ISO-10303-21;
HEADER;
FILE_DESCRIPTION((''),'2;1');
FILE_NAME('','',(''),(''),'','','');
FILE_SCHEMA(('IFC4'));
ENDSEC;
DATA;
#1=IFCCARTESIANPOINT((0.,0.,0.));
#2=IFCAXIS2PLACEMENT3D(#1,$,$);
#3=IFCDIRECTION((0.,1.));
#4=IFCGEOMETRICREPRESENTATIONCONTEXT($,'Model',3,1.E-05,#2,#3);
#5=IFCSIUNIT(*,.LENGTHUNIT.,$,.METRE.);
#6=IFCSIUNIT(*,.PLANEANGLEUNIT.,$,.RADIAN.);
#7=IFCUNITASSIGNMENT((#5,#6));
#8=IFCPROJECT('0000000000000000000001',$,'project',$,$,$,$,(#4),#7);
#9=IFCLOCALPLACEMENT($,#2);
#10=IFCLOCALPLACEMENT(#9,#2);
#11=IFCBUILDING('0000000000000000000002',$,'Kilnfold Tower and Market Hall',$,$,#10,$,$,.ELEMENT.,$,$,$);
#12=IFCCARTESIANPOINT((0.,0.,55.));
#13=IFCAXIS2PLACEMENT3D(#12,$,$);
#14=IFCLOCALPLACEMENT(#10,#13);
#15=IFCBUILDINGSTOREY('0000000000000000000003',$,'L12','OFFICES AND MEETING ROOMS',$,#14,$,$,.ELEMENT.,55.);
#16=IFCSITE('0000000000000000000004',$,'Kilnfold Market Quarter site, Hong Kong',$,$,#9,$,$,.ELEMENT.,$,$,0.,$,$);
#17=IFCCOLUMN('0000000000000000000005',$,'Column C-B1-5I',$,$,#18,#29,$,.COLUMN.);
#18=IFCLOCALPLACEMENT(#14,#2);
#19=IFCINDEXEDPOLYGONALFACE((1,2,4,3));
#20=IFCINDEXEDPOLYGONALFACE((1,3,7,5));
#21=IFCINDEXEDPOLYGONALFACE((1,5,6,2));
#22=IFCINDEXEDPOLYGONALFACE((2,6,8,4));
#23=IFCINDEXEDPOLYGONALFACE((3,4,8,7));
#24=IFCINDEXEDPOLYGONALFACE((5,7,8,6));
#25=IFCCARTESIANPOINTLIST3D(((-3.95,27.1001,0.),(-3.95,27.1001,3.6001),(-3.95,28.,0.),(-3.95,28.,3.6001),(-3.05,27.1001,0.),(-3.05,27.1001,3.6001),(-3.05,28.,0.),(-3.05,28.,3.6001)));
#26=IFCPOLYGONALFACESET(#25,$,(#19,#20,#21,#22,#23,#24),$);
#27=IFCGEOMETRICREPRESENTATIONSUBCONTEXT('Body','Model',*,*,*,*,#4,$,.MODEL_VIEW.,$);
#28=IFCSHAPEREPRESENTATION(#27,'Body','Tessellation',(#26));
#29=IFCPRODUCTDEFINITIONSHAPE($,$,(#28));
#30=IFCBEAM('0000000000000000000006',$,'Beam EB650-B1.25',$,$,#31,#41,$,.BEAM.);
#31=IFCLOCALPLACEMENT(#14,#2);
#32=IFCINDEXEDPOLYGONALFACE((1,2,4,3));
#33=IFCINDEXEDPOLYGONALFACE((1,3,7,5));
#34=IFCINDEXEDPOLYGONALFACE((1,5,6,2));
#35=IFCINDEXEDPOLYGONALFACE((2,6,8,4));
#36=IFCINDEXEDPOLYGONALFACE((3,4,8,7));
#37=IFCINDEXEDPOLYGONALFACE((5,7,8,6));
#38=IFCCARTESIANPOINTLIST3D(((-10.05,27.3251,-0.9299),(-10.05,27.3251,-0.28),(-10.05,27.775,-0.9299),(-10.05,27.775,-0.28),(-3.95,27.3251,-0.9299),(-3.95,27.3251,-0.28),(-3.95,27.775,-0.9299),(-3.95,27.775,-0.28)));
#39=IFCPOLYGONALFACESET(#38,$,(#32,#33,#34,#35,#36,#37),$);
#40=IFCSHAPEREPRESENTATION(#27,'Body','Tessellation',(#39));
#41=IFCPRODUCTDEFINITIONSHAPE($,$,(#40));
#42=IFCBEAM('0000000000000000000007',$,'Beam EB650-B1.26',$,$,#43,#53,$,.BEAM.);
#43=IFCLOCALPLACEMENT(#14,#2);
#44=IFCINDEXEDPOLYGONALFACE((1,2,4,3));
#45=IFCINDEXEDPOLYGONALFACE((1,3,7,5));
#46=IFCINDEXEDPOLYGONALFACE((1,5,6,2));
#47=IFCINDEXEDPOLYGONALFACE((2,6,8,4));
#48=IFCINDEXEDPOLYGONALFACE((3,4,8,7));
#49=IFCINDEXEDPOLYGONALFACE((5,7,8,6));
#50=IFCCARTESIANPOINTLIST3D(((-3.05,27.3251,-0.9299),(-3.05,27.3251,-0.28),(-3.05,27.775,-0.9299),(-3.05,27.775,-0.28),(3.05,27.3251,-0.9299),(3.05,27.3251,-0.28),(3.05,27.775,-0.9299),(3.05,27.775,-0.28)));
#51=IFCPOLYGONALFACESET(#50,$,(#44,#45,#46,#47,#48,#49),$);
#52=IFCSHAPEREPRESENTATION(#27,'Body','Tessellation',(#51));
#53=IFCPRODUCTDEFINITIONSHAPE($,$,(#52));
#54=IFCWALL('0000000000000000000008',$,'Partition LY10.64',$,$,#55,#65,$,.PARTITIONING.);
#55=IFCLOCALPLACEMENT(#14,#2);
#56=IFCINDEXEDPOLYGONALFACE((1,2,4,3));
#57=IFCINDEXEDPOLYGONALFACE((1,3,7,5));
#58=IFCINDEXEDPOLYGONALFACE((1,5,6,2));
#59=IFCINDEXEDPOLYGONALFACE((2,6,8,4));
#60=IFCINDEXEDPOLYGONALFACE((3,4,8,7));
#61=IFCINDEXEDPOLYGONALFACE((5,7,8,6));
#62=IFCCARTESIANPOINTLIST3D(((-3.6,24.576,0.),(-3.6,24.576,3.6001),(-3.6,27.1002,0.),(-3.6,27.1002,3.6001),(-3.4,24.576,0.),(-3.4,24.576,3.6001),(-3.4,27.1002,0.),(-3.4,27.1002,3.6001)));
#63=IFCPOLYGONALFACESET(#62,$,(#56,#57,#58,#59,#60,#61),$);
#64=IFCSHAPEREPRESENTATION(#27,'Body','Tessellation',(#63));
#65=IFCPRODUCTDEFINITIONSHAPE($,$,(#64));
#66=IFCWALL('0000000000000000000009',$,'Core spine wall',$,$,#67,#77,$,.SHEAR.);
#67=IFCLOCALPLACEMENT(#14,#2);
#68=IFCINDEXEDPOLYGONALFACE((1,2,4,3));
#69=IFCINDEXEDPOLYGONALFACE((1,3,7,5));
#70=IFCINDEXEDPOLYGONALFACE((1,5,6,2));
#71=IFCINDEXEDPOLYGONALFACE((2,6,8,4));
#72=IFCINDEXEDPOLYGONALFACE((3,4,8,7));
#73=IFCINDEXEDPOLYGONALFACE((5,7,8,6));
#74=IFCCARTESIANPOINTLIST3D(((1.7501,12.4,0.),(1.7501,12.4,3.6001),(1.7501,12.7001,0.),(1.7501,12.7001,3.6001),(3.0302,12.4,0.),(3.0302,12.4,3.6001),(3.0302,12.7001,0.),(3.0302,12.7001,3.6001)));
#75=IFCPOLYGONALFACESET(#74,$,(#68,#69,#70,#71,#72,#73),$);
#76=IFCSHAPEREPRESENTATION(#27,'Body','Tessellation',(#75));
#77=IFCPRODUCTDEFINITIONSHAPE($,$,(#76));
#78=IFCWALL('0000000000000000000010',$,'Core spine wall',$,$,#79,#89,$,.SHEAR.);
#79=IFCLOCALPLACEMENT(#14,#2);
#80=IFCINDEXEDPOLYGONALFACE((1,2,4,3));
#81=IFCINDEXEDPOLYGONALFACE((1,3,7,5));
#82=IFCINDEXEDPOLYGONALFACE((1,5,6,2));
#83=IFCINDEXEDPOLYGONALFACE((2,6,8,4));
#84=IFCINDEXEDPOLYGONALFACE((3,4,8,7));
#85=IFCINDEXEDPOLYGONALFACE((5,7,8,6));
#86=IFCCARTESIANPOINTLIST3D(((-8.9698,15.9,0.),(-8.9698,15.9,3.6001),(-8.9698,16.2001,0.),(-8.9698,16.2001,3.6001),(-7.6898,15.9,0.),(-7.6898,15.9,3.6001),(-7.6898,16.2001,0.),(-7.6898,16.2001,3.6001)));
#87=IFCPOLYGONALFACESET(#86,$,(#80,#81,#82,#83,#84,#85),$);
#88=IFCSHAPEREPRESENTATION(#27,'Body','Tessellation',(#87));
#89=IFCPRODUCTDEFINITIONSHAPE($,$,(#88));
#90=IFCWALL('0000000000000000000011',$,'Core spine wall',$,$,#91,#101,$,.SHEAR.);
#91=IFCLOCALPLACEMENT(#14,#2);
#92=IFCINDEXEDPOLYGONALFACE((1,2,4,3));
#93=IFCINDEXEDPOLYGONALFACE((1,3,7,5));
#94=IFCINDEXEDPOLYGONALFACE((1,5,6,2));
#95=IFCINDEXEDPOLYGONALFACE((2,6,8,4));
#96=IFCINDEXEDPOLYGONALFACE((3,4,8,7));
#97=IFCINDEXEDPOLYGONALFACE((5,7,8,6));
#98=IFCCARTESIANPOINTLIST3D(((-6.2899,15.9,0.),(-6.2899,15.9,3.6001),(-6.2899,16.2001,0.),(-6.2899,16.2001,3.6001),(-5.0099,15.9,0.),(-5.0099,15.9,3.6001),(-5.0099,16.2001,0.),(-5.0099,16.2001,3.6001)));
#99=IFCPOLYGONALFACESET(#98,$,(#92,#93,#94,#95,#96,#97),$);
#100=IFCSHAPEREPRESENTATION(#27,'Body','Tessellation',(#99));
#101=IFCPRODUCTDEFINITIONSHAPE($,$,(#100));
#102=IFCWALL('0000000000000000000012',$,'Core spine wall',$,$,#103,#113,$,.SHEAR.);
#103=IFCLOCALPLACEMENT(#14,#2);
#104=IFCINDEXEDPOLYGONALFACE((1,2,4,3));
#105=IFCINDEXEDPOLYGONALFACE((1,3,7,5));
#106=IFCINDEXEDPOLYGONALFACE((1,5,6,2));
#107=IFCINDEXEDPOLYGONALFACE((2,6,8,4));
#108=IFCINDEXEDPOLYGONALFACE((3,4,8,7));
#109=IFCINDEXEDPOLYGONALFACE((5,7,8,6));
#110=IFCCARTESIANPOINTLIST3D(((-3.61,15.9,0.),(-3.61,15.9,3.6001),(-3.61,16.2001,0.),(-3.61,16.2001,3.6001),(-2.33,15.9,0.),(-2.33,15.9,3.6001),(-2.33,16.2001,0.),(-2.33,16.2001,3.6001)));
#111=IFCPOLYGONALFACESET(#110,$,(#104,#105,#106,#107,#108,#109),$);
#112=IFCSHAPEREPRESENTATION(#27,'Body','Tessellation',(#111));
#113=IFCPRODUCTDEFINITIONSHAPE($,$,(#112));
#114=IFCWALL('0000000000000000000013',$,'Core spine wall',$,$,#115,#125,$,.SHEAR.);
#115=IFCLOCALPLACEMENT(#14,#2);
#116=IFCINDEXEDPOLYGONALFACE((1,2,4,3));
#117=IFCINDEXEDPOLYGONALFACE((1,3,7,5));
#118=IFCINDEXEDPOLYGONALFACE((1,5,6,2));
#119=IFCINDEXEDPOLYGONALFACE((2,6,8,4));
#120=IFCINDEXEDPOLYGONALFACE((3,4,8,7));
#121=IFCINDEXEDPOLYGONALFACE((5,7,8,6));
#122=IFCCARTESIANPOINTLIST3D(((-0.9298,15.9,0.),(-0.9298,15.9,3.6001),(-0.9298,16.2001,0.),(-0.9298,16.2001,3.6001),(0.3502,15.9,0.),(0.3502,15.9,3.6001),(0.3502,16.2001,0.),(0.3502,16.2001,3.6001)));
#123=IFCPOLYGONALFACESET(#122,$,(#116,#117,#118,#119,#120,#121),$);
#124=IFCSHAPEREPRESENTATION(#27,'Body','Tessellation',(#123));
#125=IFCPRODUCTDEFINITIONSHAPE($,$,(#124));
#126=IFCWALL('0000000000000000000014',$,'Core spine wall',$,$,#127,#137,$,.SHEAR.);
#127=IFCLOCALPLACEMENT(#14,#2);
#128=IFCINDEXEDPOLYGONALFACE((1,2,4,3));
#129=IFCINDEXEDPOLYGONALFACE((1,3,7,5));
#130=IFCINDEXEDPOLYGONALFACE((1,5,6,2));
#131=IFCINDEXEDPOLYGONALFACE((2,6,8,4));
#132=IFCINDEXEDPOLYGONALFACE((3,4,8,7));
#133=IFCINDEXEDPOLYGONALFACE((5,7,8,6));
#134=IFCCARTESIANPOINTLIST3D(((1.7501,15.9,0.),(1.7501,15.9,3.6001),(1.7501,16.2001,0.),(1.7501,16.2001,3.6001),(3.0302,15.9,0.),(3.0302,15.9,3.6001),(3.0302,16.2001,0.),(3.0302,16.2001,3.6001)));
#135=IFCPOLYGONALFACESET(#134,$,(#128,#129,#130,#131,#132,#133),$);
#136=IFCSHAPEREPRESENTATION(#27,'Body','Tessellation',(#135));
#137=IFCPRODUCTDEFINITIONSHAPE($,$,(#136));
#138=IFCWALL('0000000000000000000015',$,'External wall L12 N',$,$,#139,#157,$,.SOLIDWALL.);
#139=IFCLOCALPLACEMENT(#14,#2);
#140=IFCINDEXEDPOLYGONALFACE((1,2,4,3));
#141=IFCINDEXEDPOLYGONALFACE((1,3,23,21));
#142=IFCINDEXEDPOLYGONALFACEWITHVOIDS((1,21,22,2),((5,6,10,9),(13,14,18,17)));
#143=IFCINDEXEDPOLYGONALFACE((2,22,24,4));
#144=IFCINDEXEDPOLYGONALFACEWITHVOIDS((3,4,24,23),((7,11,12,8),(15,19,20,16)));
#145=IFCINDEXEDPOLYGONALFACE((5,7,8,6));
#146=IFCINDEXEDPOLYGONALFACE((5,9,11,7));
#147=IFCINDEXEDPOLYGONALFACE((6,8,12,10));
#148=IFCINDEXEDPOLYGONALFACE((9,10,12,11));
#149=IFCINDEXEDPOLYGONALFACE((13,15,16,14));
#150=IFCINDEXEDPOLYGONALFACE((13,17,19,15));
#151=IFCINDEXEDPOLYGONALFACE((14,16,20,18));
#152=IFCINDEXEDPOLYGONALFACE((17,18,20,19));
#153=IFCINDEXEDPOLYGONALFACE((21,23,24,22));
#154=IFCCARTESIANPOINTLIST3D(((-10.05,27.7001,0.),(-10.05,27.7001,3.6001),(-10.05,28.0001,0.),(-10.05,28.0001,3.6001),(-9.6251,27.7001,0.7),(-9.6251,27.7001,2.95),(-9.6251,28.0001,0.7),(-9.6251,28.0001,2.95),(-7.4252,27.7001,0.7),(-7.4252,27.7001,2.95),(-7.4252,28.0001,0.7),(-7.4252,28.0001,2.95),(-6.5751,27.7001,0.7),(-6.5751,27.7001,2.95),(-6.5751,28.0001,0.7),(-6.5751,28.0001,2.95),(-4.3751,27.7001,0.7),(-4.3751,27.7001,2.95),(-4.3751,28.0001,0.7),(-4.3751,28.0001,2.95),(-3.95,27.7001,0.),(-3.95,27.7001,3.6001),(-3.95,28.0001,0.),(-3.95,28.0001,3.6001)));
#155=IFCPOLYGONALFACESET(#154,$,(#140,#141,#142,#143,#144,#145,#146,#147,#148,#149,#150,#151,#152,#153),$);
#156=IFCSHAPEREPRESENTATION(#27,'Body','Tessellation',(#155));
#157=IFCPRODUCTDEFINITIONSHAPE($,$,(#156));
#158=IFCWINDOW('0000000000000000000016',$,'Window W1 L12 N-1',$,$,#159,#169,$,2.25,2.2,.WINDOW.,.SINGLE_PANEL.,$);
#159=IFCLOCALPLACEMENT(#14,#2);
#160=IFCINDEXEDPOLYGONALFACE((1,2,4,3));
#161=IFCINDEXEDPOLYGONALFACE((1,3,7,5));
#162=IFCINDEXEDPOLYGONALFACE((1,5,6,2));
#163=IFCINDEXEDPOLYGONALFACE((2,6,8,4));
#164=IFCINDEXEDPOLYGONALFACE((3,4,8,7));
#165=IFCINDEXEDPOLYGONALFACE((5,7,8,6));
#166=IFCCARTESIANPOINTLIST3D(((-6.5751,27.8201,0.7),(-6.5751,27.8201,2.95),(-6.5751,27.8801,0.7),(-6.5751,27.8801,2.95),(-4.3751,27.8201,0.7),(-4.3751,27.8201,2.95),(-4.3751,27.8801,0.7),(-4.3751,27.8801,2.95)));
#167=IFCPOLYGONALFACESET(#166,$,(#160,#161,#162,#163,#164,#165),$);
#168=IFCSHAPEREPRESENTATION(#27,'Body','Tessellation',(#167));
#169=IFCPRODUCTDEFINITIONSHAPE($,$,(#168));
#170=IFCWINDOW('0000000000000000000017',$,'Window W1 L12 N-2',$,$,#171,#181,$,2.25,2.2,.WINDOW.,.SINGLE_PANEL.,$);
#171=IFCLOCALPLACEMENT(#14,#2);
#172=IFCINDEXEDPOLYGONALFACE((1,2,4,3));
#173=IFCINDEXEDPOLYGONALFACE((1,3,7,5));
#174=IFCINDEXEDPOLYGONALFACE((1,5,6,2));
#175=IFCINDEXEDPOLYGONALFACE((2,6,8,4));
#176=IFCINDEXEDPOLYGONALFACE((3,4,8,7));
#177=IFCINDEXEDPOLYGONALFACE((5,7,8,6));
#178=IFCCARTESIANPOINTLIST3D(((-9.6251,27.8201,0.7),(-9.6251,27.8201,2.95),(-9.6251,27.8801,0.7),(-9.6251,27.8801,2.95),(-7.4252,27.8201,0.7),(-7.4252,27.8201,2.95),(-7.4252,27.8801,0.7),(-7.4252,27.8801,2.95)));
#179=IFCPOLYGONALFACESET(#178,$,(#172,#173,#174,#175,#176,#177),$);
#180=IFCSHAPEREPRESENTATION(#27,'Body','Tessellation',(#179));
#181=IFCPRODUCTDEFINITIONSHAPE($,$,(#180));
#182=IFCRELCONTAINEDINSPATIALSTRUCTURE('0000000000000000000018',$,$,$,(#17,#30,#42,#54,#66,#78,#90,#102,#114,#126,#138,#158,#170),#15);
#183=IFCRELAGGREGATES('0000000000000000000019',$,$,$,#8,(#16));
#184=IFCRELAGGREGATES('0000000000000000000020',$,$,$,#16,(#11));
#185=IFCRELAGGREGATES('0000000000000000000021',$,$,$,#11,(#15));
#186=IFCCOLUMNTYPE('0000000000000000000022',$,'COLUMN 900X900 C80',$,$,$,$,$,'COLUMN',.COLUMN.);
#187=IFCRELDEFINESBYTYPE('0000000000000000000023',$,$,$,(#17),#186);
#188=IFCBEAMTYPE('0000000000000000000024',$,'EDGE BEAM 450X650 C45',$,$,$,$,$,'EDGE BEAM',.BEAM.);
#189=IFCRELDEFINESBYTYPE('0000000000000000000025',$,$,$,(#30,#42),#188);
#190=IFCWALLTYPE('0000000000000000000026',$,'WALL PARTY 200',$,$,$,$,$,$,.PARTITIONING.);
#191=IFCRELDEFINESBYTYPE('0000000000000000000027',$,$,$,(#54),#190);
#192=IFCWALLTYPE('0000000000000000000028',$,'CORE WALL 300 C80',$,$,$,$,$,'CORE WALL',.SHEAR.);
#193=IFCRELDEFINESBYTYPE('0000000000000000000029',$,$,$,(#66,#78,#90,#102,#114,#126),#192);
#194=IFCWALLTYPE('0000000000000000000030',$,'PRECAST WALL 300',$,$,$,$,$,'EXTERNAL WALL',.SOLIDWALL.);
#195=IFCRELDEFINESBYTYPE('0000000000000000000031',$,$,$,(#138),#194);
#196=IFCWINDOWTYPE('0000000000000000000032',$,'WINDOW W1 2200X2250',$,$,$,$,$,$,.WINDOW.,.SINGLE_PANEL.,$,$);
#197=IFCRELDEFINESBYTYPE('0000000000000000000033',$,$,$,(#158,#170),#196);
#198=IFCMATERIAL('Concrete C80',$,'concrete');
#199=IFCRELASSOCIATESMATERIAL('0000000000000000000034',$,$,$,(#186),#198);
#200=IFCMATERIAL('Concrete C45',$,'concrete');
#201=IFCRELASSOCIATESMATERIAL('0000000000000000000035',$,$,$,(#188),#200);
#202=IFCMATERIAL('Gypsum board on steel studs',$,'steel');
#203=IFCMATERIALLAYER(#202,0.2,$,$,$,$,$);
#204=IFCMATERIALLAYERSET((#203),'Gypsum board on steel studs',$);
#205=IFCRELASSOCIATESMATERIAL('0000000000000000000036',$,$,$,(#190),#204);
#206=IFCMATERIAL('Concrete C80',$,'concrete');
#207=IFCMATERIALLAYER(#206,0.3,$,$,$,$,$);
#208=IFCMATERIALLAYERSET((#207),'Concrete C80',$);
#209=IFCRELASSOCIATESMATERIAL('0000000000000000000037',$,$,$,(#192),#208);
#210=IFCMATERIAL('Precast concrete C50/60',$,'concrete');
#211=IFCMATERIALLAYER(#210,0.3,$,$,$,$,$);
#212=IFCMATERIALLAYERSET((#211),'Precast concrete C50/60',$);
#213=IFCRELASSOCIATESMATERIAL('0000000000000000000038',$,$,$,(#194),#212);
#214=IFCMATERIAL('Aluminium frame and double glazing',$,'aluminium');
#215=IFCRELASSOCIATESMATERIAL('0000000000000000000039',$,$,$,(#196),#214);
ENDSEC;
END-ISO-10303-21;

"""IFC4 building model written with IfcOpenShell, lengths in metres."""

from ifc_helpers import new_model, si_unit, direction, frame, frame_2d, origin, origin_2d, place, context, subcontext, project, spatial, rectangle, extrude, source, transform, mapped, material, layer, layer_set, material_profile, profile_set, type_object, element, fill, save


model = new_model("IFC4")

# Units and contexts
model_context = context("Model", 3, precision=1e-05, world=origin(), true_north=direction((0.0, 1.0)))
body_context = subcontext(model_context, "Body", "Model", "MODEL_VIEW")
ifc_project = project(units=[si_unit("LENGTHUNIT", "METRE"), si_unit("PLANEANGLEUNIT", "RADIAN")], contexts=[model_context])

# Site, building, storey
site_placement = place(None, origin())
site = spatial("IfcSite", under=ifc_project, at=site_placement, Name="Kilnfold Market Quarter site, Hong Kong", CompositionType="ELEMENT", RefElevation=0.0)
building_placement = place(site_placement, origin())
building = spatial("IfcBuilding", under=site, at=building_placement, Name="Kilnfold Tower and Market Hall", CompositionType="ELEMENT")
storey_placement = place(building_placement, frame((0.0, 0.0, 55.0)))
storey = spatial("IfcBuildingStorey", under=building, at=storey_placement, Name="L12", Description="OFFICES AND MEETING ROOMS", CompositionType="ELEMENT", Elevation=55.0)

# Column
ifc_material_1 = material(Name="Concrete C80", Category="concrete")
ifc_material_profile_1 = material_profile(ifc_material_1, rectangle(XDim=0.8999, YDim=0.8999, at=origin_2d()), Name="RC 900x900")
ifc_profile_set_1 = profile_set([ifc_material_profile_1], Name="Concrete C80")
column_type = type_object("IfcColumnType", Name="COLUMN 900X900 C80", ElementType="COLUMN", PredefinedType="COLUMN", material=ifc_profile_set_1)
shared_shape_1 = source(origin(), body_context, "Body", "SweptSolid", [
    extrude(rectangle(XDim=0.8999, YDim=0.8999, at=origin_2d()), origin(), (0.0, 0.0, 1.0), 3.6001),
])
column_placement = place(storey_placement, frame((-3.5, 27.55, 0.0), z_axis=(0.0, 0.0, 1.0), x_axis=(1.0, 0.0, 0.0)))
element("IfcColumn", 1, at=column_placement, inside=storey, type_object=column_type, Name="Column C-B1-5I", PredefinedType="COLUMN", context=body_context, shape_type="MappedRepresentation", body=[
    mapped(shared_shape_1, transform((0.0, 0.0, 0.0))),
])

# Beams
ifc_material_2 = material(Name="Concrete C45", Category="concrete")
ifc_material_profile_2 = material_profile(ifc_material_2, rectangle(XDim=0.45, YDim=0.6499, at=origin_2d()), Name="RC 450x650")
ifc_profile_set_2 = profile_set([ifc_material_profile_2], Name="Concrete C45")
beam_type = type_object("IfcBeamType", Name="EDGE BEAM 450X650 C45", ElementType="EDGE BEAM", PredefinedType="BEAM", material=ifc_profile_set_2)
shared_shape_2 = source(origin(), body_context, "Body", "SweptSolid", [
    extrude(rectangle(XDim=0.45, YDim=0.6499, at=origin_2d()), origin(), (0.0, 0.0, 1.0), 6.1001),
])
for number, where, z_axis, x_axis, name in (
    (2, (-10.05, 27.55, -0.605), (1.0, 0.0, 0.0), (0.0, 1.0, 0.0), "Beam EB650-B1.25"),
    (3, (-3.05, 27.55, -0.605), (1.0, 0.0, 0.0), (0.0, 1.0, 0.0), "Beam EB650-B1.26"),
):
    element("IfcBeam", number, at=place(storey_placement, frame(where, z_axis=z_axis, x_axis=x_axis)), inside=storey, type_object=beam_type, Name=name, PredefinedType="BEAM", context=body_context, shape_type="MappedRepresentation", body=[
        mapped(shared_shape_2, transform((0.0, 0.0, 0.0))),
    ])

# Walls
ifc_material_3 = material(Name="Gypsum board on steel studs", Category="steel")
ifc_layer_1 = layer(ifc_material_3, 0.2)
ifc_layer_set_1 = layer_set([ifc_layer_1], Name="Gypsum board on steel studs")
wall_type_1 = type_object("IfcWallType", Name="WALL PARTY 200", PredefinedType="PARTITIONING", material=ifc_layer_set_1)
wall_1_placement = place(storey_placement, frame((-3.5, 24.5759, 0.0), z_axis=(0.0, 0.0, 1.0), x_axis=(0.0, 1.0, 0.0)))
element("IfcWall", 4, at=wall_1_placement, inside=storey, type_object=wall_type_1, Name="Partition LY10.64", PredefinedType="PARTITIONING", context=body_context, shape_type="SweptSolid", body=[
    extrude(rectangle(XDim=2.5242, YDim=0.2, at=frame_2d((1.2622, 0.0))), origin(), (0.0, 0.0, 1.0), 3.6001),
])
ifc_material_4 = material(Name="Concrete C80", Category="concrete")
ifc_layer_2 = layer(ifc_material_4, 0.3)
ifc_layer_set_2 = layer_set([ifc_layer_2], Name="Concrete C80")
wall_type_2 = type_object("IfcWallType", Name="CORE WALL 300 C80", ElementType="CORE WALL", PredefinedType="SHEAR", material=ifc_layer_set_2)
shared_shape_3 = source(origin(), body_context, "Body", "SweptSolid", [
    extrude(rectangle(XDim=1.28, YDim=0.3, at=frame_2d((0.6401, 0.0))), origin(), (0.0, 0.0, 1.0), 3.6001),
])
for number, where, z_axis, x_axis, name in (
    (5, (1.75, 12.55, 0.0), (0.0, 0.0, 1.0), (1.0, 0.0, 0.0), "Core spine wall"),
    (6, (-8.97, 16.05, 0.0), (0.0, 0.0, 1.0), (1.0, 0.0, 0.0), "Core spine wall"),
    (7, (-6.29, 16.05, 0.0), (0.0, 0.0, 1.0), (1.0, 0.0, 0.0), "Core spine wall"),
    (8, (-3.6101, 16.05, 0.0), (0.0, 0.0, 1.0), (1.0, 0.0, 0.0), "Core spine wall"),
    (9, (-0.9299, 16.05, 0.0), (0.0, 0.0, 1.0), (1.0, 0.0, 0.0), "Core spine wall"),
    (10, (1.75, 16.05, 0.0), (0.0, 0.0, 1.0), (1.0, 0.0, 0.0), "Core spine wall"),
):
    element("IfcWall", number, at=place(storey_placement, frame(where, z_axis=z_axis, x_axis=x_axis)), inside=storey, type_object=wall_type_2, Name=name, PredefinedType="SHEAR", context=body_context, shape_type="MappedRepresentation", body=[
        mapped(shared_shape_3, transform((0.0, 0.0, 0.0))),
    ])

# Wall, openings, windows
ifc_material_5 = material(Name="Precast concrete C50/60", Category="concrete")
ifc_layer_3 = layer(ifc_material_5, 0.3)
ifc_layer_set_3 = layer_set([ifc_layer_3], Name="Precast concrete C50/60")
wall_type_3 = type_object("IfcWallType", Name="PRECAST WALL 300", ElementType="EXTERNAL WALL", PredefinedType="SOLIDWALL", material=ifc_layer_set_3)
shared_shape_4 = source(origin(), body_context, "Body", "SweptSolid", [
    extrude(rectangle(XDim=6.1001, YDim=0.3, at=frame_2d((3.05, 0.0))), origin(), (0.0, 0.0, 1.0), 3.6001),
])
wall_2_placement = place(storey_placement, frame((-3.95, 27.8501, 0.0), z_axis=(0.0, 0.0, 1.0), x_axis=(-1.0, 0.0, 0.0)))
wall_2 = element("IfcWall", 11, at=wall_2_placement, inside=storey, type_object=wall_type_3, Name="External wall L12 N", PredefinedType="SOLIDWALL", context=body_context, shape_type="MappedRepresentation", body=[
    mapped(shared_shape_4, transform((0.0, 0.0, 0.0))),
])
opening_1_placement = place(wall_2_placement, frame((0.425, 0.0, 0.7)))
opening_1 = element("IfcOpeningElement", 12, at=opening_1_placement, cuts=wall_2, PredefinedType="OPENING", context=body_context, shape_type="SweptSolid", body=[
    extrude(rectangle(XDim=2.2, YDim=2.25, at=frame_2d((1.1001, 1.125))), frame((0.0, 0.1602, 0.0), z_axis=(0.0, -1.0, 0.0), x_axis=(1.0, 0.0, 0.0)), (0.0, 0.0, 1.0), 0.3201),
])
opening_2_placement = place(wall_2_placement, frame((3.4751, 0.0, 0.7)))
opening_2 = element("IfcOpeningElement", 13, at=opening_2_placement, cuts=wall_2, PredefinedType="OPENING", context=body_context, shape_type="SweptSolid", body=[
    extrude(rectangle(XDim=2.2, YDim=2.25, at=frame_2d((1.1001, 1.125))), frame((0.0, 0.1602, 0.0), z_axis=(0.0, -1.0, 0.0), x_axis=(1.0, 0.0, 0.0)), (0.0, 0.0, 1.0), 0.3201),
])
ifc_material_6 = material(Name="Aluminium frame and double glazing", Category="aluminium")
window_type = type_object("IfcWindowType", Name="WINDOW W1 2200X2250", PartitioningType="SINGLE_PANEL", PredefinedType="WINDOW", material=ifc_material_6)
window_1_placement = place(opening_1_placement, origin())
window_1 = element("IfcWindow", 14, at=window_1_placement, inside=storey, type_object=window_type, Name="Window W1 L12 N-1", OverallHeight=2.25, OverallWidth=2.2, PartitioningType="SINGLE_PANEL", PredefinedType="WINDOW", context=body_context, shape_type="SweptSolid", body=[
    extrude(rectangle(XDim=2.2, YDim=2.25, at=frame_2d((1.1001, 1.125))), frame((0.0, 0.03, 0.0), z_axis=(0.0, -1.0, 0.0), x_axis=(1.0, 0.0, 0.0)), (0.0, 0.0, 1.0), 0.0601),
])
fill(opening_1, window_1)
window_2_placement = place(opening_2_placement, origin())
window_2 = element("IfcWindow", 15, at=window_2_placement, inside=storey, type_object=window_type, Name="Window W1 L12 N-2", OverallHeight=2.25, OverallWidth=2.2, PartitioningType="SINGLE_PANEL", PredefinedType="WINDOW", context=body_context, shape_type="SweptSolid", body=[
    extrude(rectangle(XDim=2.2, YDim=2.25, at=frame_2d((1.1001, 1.125))), frame((0.0, 0.03, 0.0), z_axis=(0.0, -1.0, 0.0), x_axis=(1.0, 0.0, 0.0)), (0.0, 0.0, 1.0), 0.0601),
])
fill(opening_2, window_2)

save(model, "model.ifc")
